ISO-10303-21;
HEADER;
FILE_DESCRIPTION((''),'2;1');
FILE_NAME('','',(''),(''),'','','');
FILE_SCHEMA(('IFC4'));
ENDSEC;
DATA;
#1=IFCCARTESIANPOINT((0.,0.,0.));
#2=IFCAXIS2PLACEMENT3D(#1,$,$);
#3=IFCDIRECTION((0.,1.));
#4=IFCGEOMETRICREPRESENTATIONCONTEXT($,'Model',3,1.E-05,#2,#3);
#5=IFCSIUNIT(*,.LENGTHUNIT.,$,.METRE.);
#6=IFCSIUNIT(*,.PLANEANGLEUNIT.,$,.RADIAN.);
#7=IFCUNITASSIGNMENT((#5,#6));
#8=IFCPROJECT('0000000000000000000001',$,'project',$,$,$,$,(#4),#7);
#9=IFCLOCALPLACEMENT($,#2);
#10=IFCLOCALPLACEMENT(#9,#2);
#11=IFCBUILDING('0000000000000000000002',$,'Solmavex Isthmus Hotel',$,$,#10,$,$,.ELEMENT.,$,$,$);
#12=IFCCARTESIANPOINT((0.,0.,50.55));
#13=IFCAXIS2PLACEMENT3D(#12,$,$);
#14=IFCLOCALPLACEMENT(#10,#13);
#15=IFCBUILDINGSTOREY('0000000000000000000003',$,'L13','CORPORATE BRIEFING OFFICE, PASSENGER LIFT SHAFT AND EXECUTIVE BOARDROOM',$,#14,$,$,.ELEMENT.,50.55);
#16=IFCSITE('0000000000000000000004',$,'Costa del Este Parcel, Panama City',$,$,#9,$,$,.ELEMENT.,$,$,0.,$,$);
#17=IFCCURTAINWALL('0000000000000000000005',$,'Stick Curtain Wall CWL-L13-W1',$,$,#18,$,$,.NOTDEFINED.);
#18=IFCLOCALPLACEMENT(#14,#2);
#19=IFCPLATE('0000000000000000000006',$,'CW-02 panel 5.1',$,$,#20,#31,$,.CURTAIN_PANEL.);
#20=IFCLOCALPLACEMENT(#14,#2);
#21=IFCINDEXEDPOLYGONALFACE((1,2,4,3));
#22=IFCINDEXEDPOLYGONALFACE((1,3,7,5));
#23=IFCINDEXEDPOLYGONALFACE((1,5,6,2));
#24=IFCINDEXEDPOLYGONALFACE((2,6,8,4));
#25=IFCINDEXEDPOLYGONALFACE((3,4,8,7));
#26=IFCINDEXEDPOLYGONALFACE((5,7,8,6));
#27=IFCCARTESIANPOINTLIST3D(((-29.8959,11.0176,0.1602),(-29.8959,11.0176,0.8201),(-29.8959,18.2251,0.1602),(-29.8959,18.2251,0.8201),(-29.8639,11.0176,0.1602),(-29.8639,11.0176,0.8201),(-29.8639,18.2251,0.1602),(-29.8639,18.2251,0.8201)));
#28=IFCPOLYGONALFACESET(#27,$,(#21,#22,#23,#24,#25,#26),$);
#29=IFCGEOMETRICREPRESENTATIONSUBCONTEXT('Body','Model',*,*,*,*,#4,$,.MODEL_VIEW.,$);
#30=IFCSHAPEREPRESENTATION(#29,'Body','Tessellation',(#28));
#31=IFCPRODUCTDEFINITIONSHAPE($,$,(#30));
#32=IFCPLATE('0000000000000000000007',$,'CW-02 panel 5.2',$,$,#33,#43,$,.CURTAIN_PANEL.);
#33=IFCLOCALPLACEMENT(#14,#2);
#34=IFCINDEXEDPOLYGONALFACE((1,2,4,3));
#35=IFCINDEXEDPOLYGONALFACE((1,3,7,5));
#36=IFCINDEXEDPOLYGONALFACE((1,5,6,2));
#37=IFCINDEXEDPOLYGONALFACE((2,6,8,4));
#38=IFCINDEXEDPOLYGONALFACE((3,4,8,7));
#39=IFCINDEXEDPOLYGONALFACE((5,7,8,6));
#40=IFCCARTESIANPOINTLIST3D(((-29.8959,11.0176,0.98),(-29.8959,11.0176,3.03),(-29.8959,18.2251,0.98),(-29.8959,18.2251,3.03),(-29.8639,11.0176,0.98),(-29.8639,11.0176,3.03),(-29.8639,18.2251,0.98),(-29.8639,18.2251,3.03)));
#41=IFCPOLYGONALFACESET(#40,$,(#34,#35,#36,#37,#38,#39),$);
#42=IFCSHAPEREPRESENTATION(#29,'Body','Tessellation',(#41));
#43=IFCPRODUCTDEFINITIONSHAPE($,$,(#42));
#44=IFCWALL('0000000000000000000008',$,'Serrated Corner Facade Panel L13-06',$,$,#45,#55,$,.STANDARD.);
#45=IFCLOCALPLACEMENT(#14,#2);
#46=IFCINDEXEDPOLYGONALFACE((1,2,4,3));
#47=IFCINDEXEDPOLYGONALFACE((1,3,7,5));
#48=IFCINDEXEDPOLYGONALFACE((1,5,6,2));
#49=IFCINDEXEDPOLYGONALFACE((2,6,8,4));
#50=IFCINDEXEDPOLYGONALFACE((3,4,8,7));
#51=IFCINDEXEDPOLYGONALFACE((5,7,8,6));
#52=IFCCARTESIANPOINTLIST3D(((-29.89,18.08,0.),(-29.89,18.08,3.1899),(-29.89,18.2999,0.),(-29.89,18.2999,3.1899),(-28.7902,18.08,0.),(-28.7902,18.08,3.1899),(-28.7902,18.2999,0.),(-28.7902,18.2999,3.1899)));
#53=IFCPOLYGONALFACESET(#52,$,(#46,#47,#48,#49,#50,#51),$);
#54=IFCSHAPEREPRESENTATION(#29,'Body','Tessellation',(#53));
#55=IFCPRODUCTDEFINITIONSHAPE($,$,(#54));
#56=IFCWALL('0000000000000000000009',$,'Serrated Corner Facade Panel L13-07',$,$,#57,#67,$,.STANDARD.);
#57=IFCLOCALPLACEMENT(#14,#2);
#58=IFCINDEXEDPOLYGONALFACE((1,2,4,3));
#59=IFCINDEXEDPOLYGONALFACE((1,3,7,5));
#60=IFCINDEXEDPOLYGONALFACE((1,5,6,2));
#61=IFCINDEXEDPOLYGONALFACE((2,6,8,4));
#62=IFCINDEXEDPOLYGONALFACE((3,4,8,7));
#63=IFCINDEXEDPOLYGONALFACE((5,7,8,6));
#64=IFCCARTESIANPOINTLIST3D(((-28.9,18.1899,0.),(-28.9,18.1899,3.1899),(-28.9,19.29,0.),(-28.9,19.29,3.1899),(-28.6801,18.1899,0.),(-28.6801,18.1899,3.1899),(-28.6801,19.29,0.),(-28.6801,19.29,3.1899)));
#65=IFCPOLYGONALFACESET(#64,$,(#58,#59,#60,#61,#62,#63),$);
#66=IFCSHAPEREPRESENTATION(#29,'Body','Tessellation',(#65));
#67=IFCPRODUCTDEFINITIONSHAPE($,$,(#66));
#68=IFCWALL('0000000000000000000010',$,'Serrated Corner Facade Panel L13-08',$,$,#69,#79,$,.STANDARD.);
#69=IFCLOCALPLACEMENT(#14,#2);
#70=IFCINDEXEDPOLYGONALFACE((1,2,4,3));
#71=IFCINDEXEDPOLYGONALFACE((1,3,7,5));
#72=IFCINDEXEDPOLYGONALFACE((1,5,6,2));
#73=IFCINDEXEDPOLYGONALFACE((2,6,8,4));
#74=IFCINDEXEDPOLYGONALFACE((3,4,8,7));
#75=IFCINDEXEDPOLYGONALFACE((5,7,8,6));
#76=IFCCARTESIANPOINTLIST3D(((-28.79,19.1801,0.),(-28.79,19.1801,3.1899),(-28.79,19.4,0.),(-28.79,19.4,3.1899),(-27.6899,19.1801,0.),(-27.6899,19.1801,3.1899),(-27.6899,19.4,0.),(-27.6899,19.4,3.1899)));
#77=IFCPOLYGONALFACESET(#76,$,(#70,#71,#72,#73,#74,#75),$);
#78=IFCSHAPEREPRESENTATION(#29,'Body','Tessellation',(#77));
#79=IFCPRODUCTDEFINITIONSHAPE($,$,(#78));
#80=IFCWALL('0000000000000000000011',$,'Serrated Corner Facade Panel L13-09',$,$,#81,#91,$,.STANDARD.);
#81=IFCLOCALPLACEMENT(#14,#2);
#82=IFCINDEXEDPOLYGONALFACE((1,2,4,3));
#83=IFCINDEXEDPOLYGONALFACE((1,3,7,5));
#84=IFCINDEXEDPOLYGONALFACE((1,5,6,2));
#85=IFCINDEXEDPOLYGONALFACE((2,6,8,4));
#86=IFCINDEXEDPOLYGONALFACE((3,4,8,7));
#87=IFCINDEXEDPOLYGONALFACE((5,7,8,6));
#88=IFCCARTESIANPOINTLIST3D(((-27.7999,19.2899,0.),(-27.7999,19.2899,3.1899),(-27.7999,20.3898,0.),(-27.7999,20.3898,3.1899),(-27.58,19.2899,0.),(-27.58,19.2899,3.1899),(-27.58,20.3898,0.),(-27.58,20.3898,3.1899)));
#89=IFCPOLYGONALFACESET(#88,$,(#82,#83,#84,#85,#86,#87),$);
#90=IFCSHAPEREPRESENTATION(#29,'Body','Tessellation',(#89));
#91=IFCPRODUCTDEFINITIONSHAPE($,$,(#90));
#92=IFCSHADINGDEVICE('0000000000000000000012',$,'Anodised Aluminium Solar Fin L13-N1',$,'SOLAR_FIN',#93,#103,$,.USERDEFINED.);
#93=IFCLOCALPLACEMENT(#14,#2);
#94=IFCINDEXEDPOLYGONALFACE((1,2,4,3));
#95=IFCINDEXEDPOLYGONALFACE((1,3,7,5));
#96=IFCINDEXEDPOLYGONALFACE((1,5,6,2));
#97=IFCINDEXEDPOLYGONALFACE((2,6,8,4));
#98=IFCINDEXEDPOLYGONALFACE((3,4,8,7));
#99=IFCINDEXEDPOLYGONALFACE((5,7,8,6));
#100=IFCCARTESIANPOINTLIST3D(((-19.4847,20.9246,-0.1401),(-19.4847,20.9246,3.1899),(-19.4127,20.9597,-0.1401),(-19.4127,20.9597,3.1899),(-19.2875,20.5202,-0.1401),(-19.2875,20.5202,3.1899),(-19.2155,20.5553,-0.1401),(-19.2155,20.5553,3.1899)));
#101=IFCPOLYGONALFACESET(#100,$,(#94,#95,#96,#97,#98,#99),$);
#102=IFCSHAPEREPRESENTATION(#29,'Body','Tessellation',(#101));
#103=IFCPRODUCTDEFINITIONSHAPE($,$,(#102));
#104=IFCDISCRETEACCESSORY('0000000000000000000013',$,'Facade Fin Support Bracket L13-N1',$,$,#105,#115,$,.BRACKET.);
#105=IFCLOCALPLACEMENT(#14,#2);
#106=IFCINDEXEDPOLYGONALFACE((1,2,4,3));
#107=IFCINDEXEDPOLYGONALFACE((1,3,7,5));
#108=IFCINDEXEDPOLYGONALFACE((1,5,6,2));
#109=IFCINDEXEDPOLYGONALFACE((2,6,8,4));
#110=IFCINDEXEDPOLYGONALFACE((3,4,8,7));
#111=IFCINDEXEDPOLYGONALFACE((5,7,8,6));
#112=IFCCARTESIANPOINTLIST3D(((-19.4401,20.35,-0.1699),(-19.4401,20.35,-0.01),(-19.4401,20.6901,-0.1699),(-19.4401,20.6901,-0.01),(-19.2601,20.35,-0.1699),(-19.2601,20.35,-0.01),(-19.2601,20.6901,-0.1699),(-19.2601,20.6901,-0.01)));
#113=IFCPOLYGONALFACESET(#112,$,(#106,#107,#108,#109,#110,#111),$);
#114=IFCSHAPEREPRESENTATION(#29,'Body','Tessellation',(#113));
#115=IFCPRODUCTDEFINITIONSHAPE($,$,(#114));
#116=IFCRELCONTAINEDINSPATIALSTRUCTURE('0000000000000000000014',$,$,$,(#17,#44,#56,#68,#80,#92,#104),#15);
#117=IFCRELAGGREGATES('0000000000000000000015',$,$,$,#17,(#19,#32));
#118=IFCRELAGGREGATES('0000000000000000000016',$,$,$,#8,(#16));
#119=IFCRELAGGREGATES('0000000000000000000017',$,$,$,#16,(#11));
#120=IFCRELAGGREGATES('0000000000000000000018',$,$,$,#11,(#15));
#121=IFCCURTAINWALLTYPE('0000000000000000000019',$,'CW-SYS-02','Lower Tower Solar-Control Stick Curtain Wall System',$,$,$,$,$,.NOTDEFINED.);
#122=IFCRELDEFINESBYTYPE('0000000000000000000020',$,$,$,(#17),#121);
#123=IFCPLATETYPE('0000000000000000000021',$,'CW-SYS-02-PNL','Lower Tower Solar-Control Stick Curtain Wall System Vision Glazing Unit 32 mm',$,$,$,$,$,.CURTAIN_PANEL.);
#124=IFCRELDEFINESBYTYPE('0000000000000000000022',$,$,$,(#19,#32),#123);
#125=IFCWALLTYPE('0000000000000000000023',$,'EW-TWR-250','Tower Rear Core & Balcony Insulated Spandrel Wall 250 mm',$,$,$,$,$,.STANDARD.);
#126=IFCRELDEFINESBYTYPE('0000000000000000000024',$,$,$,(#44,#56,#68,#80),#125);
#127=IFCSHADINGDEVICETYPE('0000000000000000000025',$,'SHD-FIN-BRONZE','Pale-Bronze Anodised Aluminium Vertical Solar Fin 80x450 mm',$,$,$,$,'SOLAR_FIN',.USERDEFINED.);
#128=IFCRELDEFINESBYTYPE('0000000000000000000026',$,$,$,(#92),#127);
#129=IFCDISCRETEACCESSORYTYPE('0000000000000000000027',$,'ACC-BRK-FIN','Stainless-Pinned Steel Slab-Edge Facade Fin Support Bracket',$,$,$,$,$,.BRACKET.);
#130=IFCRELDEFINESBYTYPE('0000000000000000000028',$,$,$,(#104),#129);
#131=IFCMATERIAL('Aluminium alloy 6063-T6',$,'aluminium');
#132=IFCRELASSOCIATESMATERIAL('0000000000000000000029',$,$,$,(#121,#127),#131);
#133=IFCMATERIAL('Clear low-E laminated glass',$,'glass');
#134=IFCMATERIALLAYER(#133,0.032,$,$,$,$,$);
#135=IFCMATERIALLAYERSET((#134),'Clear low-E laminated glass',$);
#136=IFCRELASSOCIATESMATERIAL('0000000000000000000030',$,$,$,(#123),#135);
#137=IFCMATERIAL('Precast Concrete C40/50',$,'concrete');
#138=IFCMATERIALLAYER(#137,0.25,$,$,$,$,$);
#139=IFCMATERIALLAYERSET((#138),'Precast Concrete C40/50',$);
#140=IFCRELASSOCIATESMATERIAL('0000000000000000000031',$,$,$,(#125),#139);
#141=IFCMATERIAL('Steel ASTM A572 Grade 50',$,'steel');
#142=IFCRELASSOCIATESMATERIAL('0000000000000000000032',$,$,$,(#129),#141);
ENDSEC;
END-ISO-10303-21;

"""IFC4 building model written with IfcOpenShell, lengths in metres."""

from ifc_helpers import new_model, si_unit, direction, frame, frame_2d, origin, origin_2d, place, context, subcontext, project, spatial, rectangle, extrude, material, layer, layer_set, type_object, element, aggregate, save


model = new_model("IFC4")

# Units and contexts
model_context = context("Model", 3, precision=1e-05, world=origin(), true_north=direction((0.0, 1.0)))
body_context = subcontext(model_context, "Body", "Model", "MODEL_VIEW")
ifc_project = project(units=[si_unit("LENGTHUNIT", "METRE"), si_unit("PLANEANGLEUNIT", "RADIAN")], contexts=[model_context])

# Site, building, storey
site_placement = place(None, origin())
site = spatial("IfcSite", under=ifc_project, at=site_placement, Name="Costa del Este Parcel, Panama City", CompositionType="ELEMENT", RefElevation=0.0)
building_placement = place(site_placement, origin())
building = spatial("IfcBuilding", under=site, at=building_placement, Name="Solmavex Isthmus Hotel", CompositionType="ELEMENT")
storey_placement = place(building_placement, frame((0.0, 0.0, 50.55)))
storey = spatial("IfcBuildingStorey", under=building, at=storey_placement, Name="L13", Description="CORPORATE BRIEFING OFFICE, PASSENGER LIFT SHAFT AND EXECUTIVE BOARDROOM", CompositionType="ELEMENT", Elevation=50.55)

# Shared definitions
ifc_material_1 = material(Name="Aluminium alloy 6063-T6", Category="aluminium")
curtain_wall_type = type_object("IfcCurtainWallType", Name="CW-SYS-02", Description="Lower Tower Solar-Control Stick Curtain Wall System", PredefinedType="NOTDEFINED", material=ifc_material_1)

# Curtain wall
curtain_wall_1_placement = place(storey_placement, origin())
curtain_wall_1 = element("IfcCurtainWall", 1, at=curtain_wall_1_placement, inside=storey, type_object=curtain_wall_type, Name="Stick Curtain Wall CWL-L13-W1", PredefinedType="NOTDEFINED")

# Plates
ifc_material_2 = material(Name="Clear low-E laminated glass", Category="glass")
ifc_layer_1 = layer(ifc_material_2, 0.032)
ifc_layer_set_1 = layer_set([ifc_layer_1], Name="Clear low-E laminated glass")
plate_type = type_object("IfcPlateType", Name="CW-SYS-02-PNL", Description="Lower Tower Solar-Control Stick Curtain Wall System Vision Glazing Unit 32 mm", PredefinedType="CURTAIN_PANEL", material=ifc_layer_set_1)
plate_1_placement = place(storey_placement, frame((-29.8799, 14.6213, 0.1602), z_axis=(0.0, 0.0, 1.0), x_axis=(0.0, 1.0, 0.0)))
plate_1 = element("IfcPlate", 2, at=plate_1_placement, type_object=plate_type, Name="CW-02 panel 5.1", PredefinedType="CURTAIN_PANEL", context=body_context, shape_type="SweptSolid", body=[
    extrude(rectangle(XDim=7.2075, YDim=0.032, at=origin_2d()), origin(), (0.0, 0.0, 1.0), 0.6599),
])
plate_2_placement = place(storey_placement, frame((-29.8799, 14.6213, 0.98), z_axis=(0.0, 0.0, 1.0), x_axis=(0.0, 1.0, 0.0)))
plate_2 = element("IfcPlate", 3, at=plate_2_placement, type_object=plate_type, Name="CW-02 panel 5.2", PredefinedType="CURTAIN_PANEL", context=body_context, shape_type="SweptSolid", body=[
    extrude(rectangle(XDim=7.2075, YDim=0.032, at=origin_2d()), origin(), (0.0, 0.0, 1.0), 2.05),
])
aggregate(curtain_wall_1, [plate_1, plate_2])

# Walls
ifc_material_3 = material(Name="Precast Concrete C40/50", Category="concrete")
ifc_layer_2 = layer(ifc_material_3, 0.25)
ifc_layer_set_2 = layer_set([ifc_layer_2], Name="Precast Concrete C40/50")
wall_type = type_object("IfcWallType", Name="EW-TWR-250", Description="Tower Rear Core & Balcony Insulated Spandrel Wall 250 mm", PredefinedType="STANDARD", material=ifc_layer_set_2)
wall_1_placement = place(storey_placement, frame((-29.8899, 18.1899, 0.0), z_axis=(0.0, 0.0, 1.0), x_axis=(1.0, 0.0, 0.0)))
element("IfcWall", 4, at=wall_1_placement, inside=storey, type_object=wall_type, Name="Serrated Corner Facade Panel L13-06", PredefinedType="STANDARD", context=body_context, shape_type="SweptSolid", body=[
    extrude(rectangle(XDim=1.0999, YDim=0.22, at=frame_2d((0.5498, 0.0))), origin(), (0.0, 0.0, 1.0), 3.1899),
])
for number, where, z_axis, x_axis, name in (
    (5, (-28.79, 18.1899, 0.0), (0.0, 0.0, 1.0), (0.0, 1.0, 0.0), "Serrated Corner Facade Panel L13-07"),
    (6, (-28.79, 19.29, 0.0), (0.0, 0.0, 1.0), (1.0, 0.0, 0.0), "Serrated Corner Facade Panel L13-08"),
):
    element("IfcWall", number, at=place(storey_placement, frame(where, z_axis=z_axis, x_axis=x_axis)), inside=storey, type_object=wall_type, Name=name, PredefinedType="STANDARD", context=body_context, shape_type="SweptSolid", body=[
        extrude(rectangle(XDim=1.1001, YDim=0.22, at=frame_2d((0.55, 0.0))), origin(), (0.0, 0.0, 1.0), 3.1899),
    ])
wall_2_placement = place(storey_placement, frame((-27.6899, 19.29, 0.0), z_axis=(0.0, 0.0, 1.0), x_axis=(0.0, 1.0, 0.0)))
element("IfcWall", 7, at=wall_2_placement, inside=storey, type_object=wall_type, Name="Serrated Corner Facade Panel L13-09", PredefinedType="STANDARD", context=body_context, shape_type="SweptSolid", body=[
    extrude(rectangle(XDim=1.0999, YDim=0.22, at=frame_2d((0.5498, 0.0))), origin(), (0.0, 0.0, 1.0), 3.1899),
])

# Shading device
shading_device_type = type_object("IfcShadingDeviceType", Name="SHD-FIN-BRONZE", Description="Pale-Bronze Anodised Aluminium Vertical Solar Fin 80x450 mm", ElementType="SOLAR_FIN", PredefinedType="USERDEFINED", material=ifc_material_1)
shading_device_placement = place(storey_placement, frame((-19.3501, 20.74, -0.1401), z_axis=(0.0, 0.0, 1.0), x_axis=(-0.438371, 0.898794, 0.0)))
element("IfcShadingDevice", 8, at=shading_device_placement, inside=storey, type_object=shading_device_type, Name="Anodised Aluminium Solar Fin L13-N1", ObjectType="SOLAR_FIN", PredefinedType="USERDEFINED", context=body_context, shape_type="SweptSolid", body=[
    extrude(rectangle(XDim=0.45, YDim=0.0801, at=origin_2d()), origin(), (0.0, 0.0, 1.0), 3.3301),
])

# Discrete accessory
ifc_material_4 = material(Name="Steel ASTM A572 Grade 50", Category="steel")
discrete_accessory_type = type_object("IfcDiscreteAccessoryType", Name="ACC-BRK-FIN", Description="Stainless-Pinned Steel Slab-Edge Facade Fin Support Bracket", PredefinedType="BRACKET", material=ifc_material_4)
discrete_accessory_placement = place(storey_placement, frame((-19.3501, 20.52, -0.1699), z_axis=(0.0, 0.0, 1.0), x_axis=(0.0, 1.0, 0.0)))
element("IfcDiscreteAccessory", 9, at=discrete_accessory_placement, inside=storey, type_object=discrete_accessory_type, Name="Facade Fin Support Bracket L13-N1", PredefinedType="BRACKET", context=body_context, shape_type="SweptSolid", body=[
    extrude(rectangle(XDim=0.3401, YDim=0.1799, at=origin_2d()), origin(), (0.0, 0.0, 1.0), 0.1599),
])

save(model, "model.ifc")
